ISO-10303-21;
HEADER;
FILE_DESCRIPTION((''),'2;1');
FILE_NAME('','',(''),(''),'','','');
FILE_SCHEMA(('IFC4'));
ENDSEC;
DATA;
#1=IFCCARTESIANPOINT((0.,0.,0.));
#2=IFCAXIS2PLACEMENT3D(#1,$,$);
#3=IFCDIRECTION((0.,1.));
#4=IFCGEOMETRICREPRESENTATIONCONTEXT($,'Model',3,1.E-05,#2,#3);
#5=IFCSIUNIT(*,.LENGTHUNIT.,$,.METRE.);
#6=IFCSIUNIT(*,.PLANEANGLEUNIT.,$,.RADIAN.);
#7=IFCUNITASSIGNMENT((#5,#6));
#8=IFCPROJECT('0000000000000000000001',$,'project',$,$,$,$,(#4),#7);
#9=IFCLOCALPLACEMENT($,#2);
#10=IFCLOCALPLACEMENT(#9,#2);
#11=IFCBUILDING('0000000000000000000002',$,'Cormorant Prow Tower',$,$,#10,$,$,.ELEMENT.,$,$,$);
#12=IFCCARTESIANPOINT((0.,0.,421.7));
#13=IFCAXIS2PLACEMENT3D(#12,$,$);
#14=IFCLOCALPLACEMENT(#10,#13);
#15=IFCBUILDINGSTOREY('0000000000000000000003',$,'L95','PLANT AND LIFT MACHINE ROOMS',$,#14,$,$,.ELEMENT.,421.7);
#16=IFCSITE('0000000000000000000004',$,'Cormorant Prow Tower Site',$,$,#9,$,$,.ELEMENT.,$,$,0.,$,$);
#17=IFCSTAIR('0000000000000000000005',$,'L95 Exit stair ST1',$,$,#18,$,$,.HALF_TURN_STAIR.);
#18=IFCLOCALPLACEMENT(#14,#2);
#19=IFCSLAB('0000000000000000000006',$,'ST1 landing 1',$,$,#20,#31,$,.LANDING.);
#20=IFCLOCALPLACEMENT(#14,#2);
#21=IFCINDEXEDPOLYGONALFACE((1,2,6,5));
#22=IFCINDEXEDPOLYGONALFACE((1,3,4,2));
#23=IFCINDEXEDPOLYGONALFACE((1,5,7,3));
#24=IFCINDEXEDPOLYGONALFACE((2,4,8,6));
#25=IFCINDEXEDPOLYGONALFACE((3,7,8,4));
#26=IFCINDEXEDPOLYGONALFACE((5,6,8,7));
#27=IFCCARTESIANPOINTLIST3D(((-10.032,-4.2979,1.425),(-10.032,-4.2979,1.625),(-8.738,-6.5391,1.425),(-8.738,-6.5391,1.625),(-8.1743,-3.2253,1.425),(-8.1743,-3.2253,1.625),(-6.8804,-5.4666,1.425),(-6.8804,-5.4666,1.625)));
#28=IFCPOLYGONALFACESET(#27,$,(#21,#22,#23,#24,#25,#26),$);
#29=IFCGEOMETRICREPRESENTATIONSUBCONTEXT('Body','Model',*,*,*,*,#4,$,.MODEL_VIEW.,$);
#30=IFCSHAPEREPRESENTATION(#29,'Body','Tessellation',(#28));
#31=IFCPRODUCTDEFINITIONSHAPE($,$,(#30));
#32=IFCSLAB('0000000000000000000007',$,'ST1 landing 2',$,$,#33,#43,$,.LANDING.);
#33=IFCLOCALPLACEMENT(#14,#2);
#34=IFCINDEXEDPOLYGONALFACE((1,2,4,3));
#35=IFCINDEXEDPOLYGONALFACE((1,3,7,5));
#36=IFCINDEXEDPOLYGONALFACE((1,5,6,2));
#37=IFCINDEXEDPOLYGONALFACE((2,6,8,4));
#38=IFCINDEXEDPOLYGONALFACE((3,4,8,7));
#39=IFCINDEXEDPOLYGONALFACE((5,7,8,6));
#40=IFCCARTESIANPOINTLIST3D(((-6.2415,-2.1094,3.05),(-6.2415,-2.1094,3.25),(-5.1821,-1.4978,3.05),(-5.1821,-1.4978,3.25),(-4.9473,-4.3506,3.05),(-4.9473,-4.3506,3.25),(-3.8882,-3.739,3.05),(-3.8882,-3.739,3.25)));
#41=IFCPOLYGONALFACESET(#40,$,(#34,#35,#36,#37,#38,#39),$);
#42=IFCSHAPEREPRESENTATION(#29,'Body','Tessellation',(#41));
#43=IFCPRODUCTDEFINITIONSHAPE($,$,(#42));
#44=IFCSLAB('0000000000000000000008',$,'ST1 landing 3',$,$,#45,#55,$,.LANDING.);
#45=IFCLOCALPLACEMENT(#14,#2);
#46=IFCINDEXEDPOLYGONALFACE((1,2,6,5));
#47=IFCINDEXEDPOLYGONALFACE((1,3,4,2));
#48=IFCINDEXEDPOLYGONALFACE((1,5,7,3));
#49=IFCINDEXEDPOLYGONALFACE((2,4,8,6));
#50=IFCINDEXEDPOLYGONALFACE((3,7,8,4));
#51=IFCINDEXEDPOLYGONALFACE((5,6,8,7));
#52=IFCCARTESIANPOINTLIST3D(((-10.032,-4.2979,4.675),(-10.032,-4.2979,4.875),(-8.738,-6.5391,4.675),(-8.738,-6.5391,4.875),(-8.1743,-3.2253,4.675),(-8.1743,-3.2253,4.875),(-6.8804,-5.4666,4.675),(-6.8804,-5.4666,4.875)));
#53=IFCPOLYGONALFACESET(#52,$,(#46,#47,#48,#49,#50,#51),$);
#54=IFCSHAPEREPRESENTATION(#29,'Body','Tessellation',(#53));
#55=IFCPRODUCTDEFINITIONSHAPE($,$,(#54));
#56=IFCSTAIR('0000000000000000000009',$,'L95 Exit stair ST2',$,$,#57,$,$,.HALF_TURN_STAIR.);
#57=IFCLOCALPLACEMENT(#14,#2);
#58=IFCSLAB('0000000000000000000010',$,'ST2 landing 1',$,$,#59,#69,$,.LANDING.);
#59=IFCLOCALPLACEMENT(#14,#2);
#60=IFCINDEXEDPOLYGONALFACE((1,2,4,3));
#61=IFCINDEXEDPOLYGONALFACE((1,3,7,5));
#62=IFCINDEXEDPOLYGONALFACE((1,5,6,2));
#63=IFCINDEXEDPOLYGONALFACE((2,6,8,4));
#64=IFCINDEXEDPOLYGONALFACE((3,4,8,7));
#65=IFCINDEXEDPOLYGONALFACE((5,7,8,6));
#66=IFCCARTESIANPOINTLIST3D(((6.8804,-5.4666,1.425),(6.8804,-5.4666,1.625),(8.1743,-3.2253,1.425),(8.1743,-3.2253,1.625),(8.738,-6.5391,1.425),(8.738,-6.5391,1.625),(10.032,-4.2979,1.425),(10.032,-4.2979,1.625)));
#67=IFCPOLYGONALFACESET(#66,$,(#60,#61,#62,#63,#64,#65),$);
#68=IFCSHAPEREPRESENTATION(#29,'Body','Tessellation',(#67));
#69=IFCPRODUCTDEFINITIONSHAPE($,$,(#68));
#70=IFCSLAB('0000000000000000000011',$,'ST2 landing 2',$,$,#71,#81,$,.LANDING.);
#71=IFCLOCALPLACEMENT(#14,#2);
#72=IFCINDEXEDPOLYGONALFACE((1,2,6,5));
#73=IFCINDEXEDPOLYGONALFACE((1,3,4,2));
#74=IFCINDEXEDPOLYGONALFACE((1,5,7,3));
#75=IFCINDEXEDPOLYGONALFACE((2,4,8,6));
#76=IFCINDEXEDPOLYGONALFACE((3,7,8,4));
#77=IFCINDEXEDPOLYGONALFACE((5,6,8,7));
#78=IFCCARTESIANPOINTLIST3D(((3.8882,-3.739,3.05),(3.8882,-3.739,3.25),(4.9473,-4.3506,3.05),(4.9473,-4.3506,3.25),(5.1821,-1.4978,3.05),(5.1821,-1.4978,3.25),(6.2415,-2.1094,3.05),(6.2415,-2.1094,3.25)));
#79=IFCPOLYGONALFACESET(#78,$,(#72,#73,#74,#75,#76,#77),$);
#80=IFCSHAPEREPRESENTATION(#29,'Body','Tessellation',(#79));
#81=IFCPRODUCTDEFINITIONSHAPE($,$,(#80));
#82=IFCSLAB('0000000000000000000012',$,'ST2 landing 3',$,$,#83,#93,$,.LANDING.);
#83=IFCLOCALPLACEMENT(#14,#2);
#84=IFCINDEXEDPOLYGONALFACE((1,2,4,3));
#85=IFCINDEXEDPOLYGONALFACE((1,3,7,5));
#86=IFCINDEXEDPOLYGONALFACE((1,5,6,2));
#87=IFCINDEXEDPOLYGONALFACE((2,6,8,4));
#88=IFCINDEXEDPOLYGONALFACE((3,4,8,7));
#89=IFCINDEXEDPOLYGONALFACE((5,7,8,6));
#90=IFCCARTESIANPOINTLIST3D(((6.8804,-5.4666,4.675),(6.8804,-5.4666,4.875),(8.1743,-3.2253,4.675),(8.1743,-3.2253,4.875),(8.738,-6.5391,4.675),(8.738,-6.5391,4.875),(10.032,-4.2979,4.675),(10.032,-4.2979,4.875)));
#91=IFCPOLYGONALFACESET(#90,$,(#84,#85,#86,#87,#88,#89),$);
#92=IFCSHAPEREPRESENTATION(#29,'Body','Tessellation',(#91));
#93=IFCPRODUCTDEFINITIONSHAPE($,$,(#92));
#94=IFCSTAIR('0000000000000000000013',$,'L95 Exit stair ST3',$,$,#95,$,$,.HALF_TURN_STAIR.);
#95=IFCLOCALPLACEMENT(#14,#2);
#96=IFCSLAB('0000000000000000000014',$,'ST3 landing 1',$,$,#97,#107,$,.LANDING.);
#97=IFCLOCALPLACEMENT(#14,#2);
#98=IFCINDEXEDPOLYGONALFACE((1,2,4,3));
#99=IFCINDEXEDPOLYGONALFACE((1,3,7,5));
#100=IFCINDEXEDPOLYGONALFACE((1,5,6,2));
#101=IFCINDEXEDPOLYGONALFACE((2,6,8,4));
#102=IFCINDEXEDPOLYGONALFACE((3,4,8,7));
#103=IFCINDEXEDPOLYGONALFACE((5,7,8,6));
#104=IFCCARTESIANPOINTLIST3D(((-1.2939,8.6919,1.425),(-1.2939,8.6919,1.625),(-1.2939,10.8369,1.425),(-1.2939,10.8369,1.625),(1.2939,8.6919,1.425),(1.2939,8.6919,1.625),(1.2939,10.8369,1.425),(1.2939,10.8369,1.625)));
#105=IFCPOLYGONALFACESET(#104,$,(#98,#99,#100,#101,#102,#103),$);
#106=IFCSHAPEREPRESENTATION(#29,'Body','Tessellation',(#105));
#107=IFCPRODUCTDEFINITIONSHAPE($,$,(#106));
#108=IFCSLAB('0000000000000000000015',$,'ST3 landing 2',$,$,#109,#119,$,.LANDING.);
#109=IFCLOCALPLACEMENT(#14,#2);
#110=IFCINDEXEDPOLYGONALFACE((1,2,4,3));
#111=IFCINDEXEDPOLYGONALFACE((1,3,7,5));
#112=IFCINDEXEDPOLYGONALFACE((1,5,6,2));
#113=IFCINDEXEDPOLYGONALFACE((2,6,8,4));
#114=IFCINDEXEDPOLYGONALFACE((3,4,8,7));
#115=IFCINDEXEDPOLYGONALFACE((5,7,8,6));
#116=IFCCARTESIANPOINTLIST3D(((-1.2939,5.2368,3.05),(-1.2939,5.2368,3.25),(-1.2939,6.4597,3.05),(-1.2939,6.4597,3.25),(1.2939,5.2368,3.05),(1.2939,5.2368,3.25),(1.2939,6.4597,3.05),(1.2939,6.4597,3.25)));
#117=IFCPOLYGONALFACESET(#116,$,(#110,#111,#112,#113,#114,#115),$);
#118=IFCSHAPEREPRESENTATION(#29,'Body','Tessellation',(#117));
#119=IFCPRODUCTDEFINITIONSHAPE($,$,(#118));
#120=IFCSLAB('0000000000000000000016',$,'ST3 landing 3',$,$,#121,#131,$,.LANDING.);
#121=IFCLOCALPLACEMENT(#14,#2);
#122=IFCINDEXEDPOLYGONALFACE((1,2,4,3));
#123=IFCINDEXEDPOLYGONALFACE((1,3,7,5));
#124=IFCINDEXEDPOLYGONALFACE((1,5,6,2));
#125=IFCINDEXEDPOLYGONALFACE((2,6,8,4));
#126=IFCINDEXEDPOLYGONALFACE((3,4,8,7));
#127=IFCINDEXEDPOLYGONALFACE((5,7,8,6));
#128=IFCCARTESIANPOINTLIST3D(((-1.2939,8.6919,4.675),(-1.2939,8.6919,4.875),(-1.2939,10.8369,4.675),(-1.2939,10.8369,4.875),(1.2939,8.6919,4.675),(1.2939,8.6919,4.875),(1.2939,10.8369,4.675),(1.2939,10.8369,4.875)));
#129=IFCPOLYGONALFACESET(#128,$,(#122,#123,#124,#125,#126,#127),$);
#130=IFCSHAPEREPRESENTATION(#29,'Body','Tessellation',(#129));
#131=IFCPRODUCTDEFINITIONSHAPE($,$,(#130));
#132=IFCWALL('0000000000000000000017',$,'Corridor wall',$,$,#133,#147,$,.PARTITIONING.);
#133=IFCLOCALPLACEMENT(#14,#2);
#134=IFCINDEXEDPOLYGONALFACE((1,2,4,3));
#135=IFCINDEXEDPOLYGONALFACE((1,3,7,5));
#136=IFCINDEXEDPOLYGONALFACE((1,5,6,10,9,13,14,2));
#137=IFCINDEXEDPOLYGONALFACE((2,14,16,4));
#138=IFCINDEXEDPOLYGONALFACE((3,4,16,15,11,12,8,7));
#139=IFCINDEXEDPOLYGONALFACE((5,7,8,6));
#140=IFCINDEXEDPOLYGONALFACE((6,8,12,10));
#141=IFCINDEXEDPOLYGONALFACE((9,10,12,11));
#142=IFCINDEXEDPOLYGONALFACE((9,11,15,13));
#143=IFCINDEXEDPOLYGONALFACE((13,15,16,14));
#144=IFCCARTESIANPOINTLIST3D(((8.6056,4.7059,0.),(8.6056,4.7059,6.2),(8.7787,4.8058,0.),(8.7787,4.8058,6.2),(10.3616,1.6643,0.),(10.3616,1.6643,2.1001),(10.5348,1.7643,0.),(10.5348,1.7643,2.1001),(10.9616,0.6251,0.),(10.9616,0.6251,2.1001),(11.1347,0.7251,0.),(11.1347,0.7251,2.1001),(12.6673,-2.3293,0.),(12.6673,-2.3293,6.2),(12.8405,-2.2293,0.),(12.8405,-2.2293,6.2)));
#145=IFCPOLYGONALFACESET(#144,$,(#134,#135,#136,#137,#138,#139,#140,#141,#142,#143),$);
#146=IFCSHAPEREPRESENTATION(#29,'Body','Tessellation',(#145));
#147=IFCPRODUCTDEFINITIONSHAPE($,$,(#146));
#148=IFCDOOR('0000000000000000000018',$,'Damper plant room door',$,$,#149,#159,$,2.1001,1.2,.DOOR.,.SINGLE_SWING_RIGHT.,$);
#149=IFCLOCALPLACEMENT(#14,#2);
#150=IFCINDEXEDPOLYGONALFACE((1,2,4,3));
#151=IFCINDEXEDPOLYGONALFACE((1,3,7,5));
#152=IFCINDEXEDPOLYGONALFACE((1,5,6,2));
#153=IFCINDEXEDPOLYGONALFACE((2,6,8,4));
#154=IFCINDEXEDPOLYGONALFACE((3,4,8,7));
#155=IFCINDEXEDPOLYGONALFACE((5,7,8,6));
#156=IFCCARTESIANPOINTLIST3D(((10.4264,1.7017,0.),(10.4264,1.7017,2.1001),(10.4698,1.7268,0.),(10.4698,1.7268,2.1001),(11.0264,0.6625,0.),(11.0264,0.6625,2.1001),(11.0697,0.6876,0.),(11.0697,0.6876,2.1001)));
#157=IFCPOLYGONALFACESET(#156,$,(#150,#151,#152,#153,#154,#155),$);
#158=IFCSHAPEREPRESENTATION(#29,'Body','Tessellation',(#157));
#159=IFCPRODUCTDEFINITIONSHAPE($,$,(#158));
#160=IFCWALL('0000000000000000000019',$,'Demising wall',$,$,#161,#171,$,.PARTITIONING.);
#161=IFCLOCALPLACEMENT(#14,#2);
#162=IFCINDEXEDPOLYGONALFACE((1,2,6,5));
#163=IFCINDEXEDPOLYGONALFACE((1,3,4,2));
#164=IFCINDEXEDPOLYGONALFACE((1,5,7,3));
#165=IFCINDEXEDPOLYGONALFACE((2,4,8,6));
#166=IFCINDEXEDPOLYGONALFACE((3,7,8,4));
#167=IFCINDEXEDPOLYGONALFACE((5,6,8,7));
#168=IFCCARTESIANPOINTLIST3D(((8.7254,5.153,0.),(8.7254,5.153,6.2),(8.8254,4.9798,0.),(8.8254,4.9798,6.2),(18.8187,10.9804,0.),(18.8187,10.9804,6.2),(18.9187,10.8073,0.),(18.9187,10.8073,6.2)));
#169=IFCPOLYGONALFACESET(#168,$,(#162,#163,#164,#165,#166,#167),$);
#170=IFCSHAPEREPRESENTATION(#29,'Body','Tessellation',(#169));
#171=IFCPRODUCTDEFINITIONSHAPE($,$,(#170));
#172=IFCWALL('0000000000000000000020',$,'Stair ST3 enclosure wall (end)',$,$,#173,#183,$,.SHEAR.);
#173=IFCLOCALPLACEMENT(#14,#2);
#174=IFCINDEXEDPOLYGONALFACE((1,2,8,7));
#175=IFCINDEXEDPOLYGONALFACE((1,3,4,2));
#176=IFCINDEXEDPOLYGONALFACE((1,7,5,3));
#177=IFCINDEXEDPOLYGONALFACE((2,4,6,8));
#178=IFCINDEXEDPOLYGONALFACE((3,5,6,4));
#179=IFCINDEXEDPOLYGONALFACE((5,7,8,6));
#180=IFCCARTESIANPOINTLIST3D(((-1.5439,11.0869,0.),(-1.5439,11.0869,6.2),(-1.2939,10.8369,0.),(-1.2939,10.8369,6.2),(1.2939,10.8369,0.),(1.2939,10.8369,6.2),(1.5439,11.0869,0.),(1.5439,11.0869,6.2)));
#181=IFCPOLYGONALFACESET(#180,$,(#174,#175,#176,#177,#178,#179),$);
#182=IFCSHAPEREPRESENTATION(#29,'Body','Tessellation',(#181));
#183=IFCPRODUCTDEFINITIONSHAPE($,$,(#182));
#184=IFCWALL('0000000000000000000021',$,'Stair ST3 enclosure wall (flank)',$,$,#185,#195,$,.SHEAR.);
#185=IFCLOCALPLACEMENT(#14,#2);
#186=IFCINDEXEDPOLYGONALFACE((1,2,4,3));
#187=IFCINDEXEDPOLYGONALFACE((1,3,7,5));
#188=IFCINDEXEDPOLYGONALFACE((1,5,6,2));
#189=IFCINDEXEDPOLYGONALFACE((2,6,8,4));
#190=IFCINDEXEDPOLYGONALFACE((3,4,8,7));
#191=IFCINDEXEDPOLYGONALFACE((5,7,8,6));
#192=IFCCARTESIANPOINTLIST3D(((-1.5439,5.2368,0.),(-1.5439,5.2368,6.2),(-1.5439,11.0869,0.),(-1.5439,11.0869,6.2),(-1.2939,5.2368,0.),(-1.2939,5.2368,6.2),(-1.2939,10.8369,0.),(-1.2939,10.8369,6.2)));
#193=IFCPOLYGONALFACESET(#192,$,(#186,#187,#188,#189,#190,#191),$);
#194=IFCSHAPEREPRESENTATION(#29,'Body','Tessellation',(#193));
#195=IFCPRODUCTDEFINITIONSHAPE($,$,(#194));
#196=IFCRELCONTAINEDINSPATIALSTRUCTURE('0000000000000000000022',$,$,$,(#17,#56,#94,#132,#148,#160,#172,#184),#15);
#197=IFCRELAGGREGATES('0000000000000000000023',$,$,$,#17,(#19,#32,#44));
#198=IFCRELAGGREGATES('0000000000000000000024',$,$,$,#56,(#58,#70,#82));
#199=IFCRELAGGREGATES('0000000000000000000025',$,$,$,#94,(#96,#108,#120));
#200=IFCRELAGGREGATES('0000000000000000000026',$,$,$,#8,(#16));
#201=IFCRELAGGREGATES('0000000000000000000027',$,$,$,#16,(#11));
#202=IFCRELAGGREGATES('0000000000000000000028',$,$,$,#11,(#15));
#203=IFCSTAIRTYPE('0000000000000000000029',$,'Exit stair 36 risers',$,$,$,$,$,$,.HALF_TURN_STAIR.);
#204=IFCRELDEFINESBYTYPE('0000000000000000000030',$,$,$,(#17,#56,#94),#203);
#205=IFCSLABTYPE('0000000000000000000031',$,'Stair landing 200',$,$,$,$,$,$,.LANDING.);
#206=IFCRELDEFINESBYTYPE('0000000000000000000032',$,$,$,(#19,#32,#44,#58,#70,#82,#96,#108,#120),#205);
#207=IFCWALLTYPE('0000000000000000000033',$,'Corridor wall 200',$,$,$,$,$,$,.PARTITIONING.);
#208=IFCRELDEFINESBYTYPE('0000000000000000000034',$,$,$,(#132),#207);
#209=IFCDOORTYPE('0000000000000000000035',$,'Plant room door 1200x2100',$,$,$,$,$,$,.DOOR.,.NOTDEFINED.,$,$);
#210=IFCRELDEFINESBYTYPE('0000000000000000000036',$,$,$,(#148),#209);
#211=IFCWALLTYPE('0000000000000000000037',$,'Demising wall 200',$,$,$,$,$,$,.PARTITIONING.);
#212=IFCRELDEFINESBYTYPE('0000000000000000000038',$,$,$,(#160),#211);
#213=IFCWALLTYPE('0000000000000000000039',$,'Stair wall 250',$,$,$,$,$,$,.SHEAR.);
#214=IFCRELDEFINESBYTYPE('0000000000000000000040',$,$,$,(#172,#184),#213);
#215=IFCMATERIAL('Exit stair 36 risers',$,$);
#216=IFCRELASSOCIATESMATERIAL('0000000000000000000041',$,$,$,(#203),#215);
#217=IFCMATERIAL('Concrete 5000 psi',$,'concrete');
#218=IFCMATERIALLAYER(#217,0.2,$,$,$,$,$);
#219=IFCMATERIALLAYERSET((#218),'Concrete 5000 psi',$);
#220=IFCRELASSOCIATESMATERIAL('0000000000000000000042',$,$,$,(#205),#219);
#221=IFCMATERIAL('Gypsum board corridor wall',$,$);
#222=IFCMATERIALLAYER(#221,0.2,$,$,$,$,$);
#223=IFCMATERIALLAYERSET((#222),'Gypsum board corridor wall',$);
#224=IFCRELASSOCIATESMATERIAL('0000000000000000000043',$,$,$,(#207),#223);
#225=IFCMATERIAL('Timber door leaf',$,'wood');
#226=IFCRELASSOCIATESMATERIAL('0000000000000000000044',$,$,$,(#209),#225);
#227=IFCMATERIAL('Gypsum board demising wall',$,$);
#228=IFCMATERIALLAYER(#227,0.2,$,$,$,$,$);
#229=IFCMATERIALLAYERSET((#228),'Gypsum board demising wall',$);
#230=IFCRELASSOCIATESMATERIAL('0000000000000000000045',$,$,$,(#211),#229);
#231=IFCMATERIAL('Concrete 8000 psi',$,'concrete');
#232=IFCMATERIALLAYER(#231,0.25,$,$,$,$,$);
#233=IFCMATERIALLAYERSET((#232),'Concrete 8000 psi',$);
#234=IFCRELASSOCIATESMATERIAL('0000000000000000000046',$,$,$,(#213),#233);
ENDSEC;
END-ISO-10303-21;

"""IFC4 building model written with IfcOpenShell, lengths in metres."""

from ifc_helpers import new_model, si_unit, direction, frame, frame_2d, origin, place, context, subcontext, project, spatial, polyline, rectangle, outline, extrude, material, layer, layer_set, type_object, element, fill, aggregate, save


model = new_model("IFC4")

# Units and contexts
model_context = context("Model", 3, precision=1e-05, world=origin(), true_north=direction((0.0, 1.0)))
body_context = subcontext(model_context, "Body", "Model", "MODEL_VIEW")
ifc_project = project(units=[si_unit("LENGTHUNIT", "METRE"), si_unit("PLANEANGLEUNIT", "RADIAN")], contexts=[model_context])

# Site, building, storey
site_placement = place(None, origin())
site = spatial("IfcSite", under=ifc_project, at=site_placement, Name="Cormorant Prow Tower Site", CompositionType="ELEMENT", RefElevation=0.0)
building_placement = place(site_placement, origin())
building = spatial("IfcBuilding", under=site, at=building_placement, Name="Cormorant Prow Tower", CompositionType="ELEMENT")
storey_placement = place(building_placement, frame((0.0, 0.0, 421.7)))
storey = spatial("IfcBuildingStorey", under=building, at=storey_placement, Name="L95", Description="PLANT AND LIFT MACHINE ROOMS", CompositionType="ELEMENT", Elevation=421.7)

# Stairs, slabs
ifc_material_1 = material(Name="Exit stair 36 risers")
stair_type = type_object("IfcStairType", Name="Exit stair 36 risers", PredefinedType="HALF_TURN_STAIR", material=ifc_material_1)
stair_1_placement = place(storey_placement, origin())
stair_1 = element("IfcStair", 1, at=stair_1_placement, inside=storey, type_object=stair_type, Name="L95 Exit stair ST1", PredefinedType="HALF_TURN_STAIR")
ifc_material_2 = material(Name="Concrete 5000 psi", Category="concrete")
ifc_layer_1 = layer(ifc_material_2, 0.2)
ifc_layer_set_1 = layer_set([ifc_layer_1], Name="Concrete 5000 psi")
slab_type = type_object("IfcSlabType", Name="Stair landing 200", PredefinedType="LANDING", material=ifc_layer_set_1)
slab_1_placement = place(storey_placement, frame((0.0, 0.0, 1.425)))
slab_1 = element("IfcSlab", 2, at=slab_1_placement, type_object=slab_type, Name="ST1 landing 1", PredefinedType="LANDING", context=body_context, shape_type="SweptSolid", body=[
    extrude(outline(polyline([(-8.1743, -3.2253), (-10.032, -4.2979), (-8.738, -6.5391), (-6.8804, -5.4666), (-8.1743, -3.2253)])), origin(), (0.0, 0.0, 1.0), 0.2),
])
slab_2_placement = place(storey_placement, frame((0.0, 0.0, 3.05)))
slab_2 = element("IfcSlab", 3, at=slab_2_placement, type_object=slab_type, Name="ST1 landing 2", PredefinedType="LANDING", context=body_context, shape_type="SweptSolid", body=[
    extrude(outline(polyline([(-5.1821, -1.4978), (-6.2415, -2.1094), (-4.9473, -4.3506), (-3.8882, -3.739), (-5.1821, -1.4978)])), origin(), (0.0, 0.0, 1.0), 0.2),
])
slab_3_placement = place(storey_placement, frame((0.0, 0.0, 4.675)))
slab_3 = element("IfcSlab", 4, at=slab_3_placement, type_object=slab_type, Name="ST1 landing 3", PredefinedType="LANDING", context=body_context, shape_type="SweptSolid", body=[
    extrude(outline(polyline([(-8.1743, -3.2253), (-10.032, -4.2979), (-8.738, -6.5391), (-6.8804, -5.4666), (-8.1743, -3.2253)])), origin(), (0.0, 0.0, 1.0), 0.2),
])
aggregate(stair_1, [slab_1, slab_2, slab_3])
stair_2_placement = place(storey_placement, origin())
stair_2 = element("IfcStair", 5, at=stair_2_placement, inside=storey, type_object=stair_type, Name="L95 Exit stair ST2", PredefinedType="HALF_TURN_STAIR")
slab_4_placement = place(storey_placement, frame((0.0, 0.0, 1.425)))
slab_4 = element("IfcSlab", 6, at=slab_4_placement, type_object=slab_type, Name="ST2 landing 1", PredefinedType="LANDING", context=body_context, shape_type="SweptSolid", body=[
    extrude(outline(polyline([(6.8804, -5.4666), (8.738, -6.5391), (10.032, -4.2979), (8.1743, -3.2253), (6.8804, -5.4666)])), origin(), (0.0, 0.0, 1.0), 0.2),
])
slab_5_placement = place(storey_placement, frame((0.0, 0.0, 3.05)))
slab_5 = element("IfcSlab", 7, at=slab_5_placement, type_object=slab_type, Name="ST2 landing 2", PredefinedType="LANDING", context=body_context, shape_type="SweptSolid", body=[
    extrude(outline(polyline([(3.8882, -3.739), (4.9473, -4.3506), (6.2415, -2.1094), (5.1821, -1.4978), (3.8882, -3.739)])), origin(), (0.0, 0.0, 1.0), 0.2),
])
slab_6_placement = place(storey_placement, frame((0.0, 0.0, 4.675)))
slab_6 = element("IfcSlab", 8, at=slab_6_placement, type_object=slab_type, Name="ST2 landing 3", PredefinedType="LANDING", context=body_context, shape_type="SweptSolid", body=[
    extrude(outline(polyline([(6.8804, -5.4666), (8.738, -6.5391), (10.032, -4.2979), (8.1743, -3.2253), (6.8804, -5.4666)])), origin(), (0.0, 0.0, 1.0), 0.2),
])
aggregate(stair_2, [slab_4, slab_5, slab_6])
stair_3_placement = place(storey_placement, origin())
stair_3 = element("IfcStair", 9, at=stair_3_placement, inside=storey, type_object=stair_type, Name="L95 Exit stair ST3", PredefinedType="HALF_TURN_STAIR")
slab_7_placement = place(storey_placement, frame((0.0, 0.0, 1.425)))
slab_7 = element("IfcSlab", 10, at=slab_7_placement, type_object=slab_type, Name="ST3 landing 1", PredefinedType="LANDING", context=body_context, shape_type="SweptSolid", body=[
    extrude(outline(polyline([(1.2939, 8.6919), (1.2939, 10.8369), (-1.2939, 10.8369), (-1.2939, 8.6919), (1.2939, 8.6919)])), origin(), (0.0, 0.0, 1.0), 0.2),
])
slab_8_placement = place(storey_placement, frame((0.0, 0.0, 3.05)))
slab_8 = element("IfcSlab", 11, at=slab_8_placement, type_object=slab_type, Name="ST3 landing 2", PredefinedType="LANDING", context=body_context, shape_type="SweptSolid", body=[
    extrude(outline(polyline([(1.2939, 5.2368), (1.2939, 6.4597), (-1.2939, 6.4597), (-1.2939, 5.2368), (1.2939, 5.2368)])), origin(), (0.0, 0.0, 1.0), 0.2),
])
slab_9_placement = place(storey_placement, frame((0.0, 0.0, 4.675)))
slab_9 = element("IfcSlab", 12, at=slab_9_placement, type_object=slab_type, Name="ST3 landing 3", PredefinedType="LANDING", context=body_context, shape_type="SweptSolid", body=[
    extrude(outline(polyline([(1.2939, 8.6919), (1.2939, 10.8369), (-1.2939, 10.8369), (-1.2939, 8.6919), (1.2939, 8.6919)])), origin(), (0.0, 0.0, 1.0), 0.2),
])

# Wall, opening, door
ifc_material_3 = material(Name="Gypsum board corridor wall")
ifc_layer_2 = layer(ifc_material_3, 0.2)
ifc_layer_set_2 = layer_set([ifc_layer_2], Name="Gypsum board corridor wall")
wall_type_1 = type_object("IfcWallType", Name="Corridor wall 200", PredefinedType="PARTITIONING", material=ifc_layer_set_2)
wall_1_placement = place(storey_placement, frame((8.6921, 4.7559, 0.0), z_axis=(0.0, 0.0, 1.0), x_axis=(0.500002, -0.866024, 0.0)))
wall_1 = element("IfcWall", 13, at=wall_1_placement, inside=storey, type_object=wall_type_1, Name="Corridor wall", PredefinedType="PARTITIONING", context=body_context, shape_type="SweptSolid", body=[
    extrude(rectangle(XDim=8.1235, YDim=0.2, at=frame_2d((4.0618, 0.0))), origin(), (0.0, 0.0, 1.0), 6.2),
])
opening_1_placement = place(wall_1_placement, frame((3.512, 0.0, 0.0)))
opening_1 = element("IfcOpeningElement", 14, at=opening_1_placement, cuts=wall_1, PredefinedType="OPENING", context=body_context, shape_type="SweptSolid", body=[
    extrude(rectangle(XDim=1.2, YDim=2.1001, at=frame_2d((0.6001, 1.05))), frame((0.0, 0.1099, 0.0), z_axis=(0.0, -1.0, 0.0), x_axis=(1.0, 0.0, 0.0)), (0.0, 0.0, 1.0), 0.22),
])
ifc_material_4 = material(Name="Timber door leaf", Category="wood")
door_type_1 = type_object("IfcDoorType", Name="Plant room door 1200x2100", OperationType="NOTDEFINED", PredefinedType="DOOR", material=ifc_material_4)
door_1_placement = place(opening_1_placement, origin())
door_1 = element("IfcDoor", 15, at=door_1_placement, inside=storey, type_object=door_type_1, Name="Damper plant room door", OperationType="SINGLE_SWING_RIGHT", OverallHeight=2.1001, OverallWidth=1.2, PredefinedType="DOOR", context=body_context, shape_type="SweptSolid", body=[
    extrude(rectangle(XDim=1.2, YDim=2.1001, at=frame_2d((0.6001, 1.05))), frame((0.0, 0.0249, 0.0), z_axis=(0.0, -1.0, 0.0), x_axis=(1.0, 0.0, 0.0)), (0.0, 0.0, 1.0), 0.05),
])
fill(opening_1, door_1)

# Walls
ifc_material_5 = material(Name="Gypsum board demising wall")
ifc_layer_3 = layer(ifc_material_5, 0.2)
ifc_layer_set_3 = layer_set([ifc_layer_3], Name="Gypsum board demising wall")
wall_type_2 = type_object("IfcWallType", Name="Demising wall 200", PredefinedType="PARTITIONING", material=ifc_layer_set_3)
wall_2_placement = place(storey_placement, frame((8.7754, 5.0664, 0.0), z_axis=(0.0, 0.0, 1.0), x_axis=(0.866024, 0.500003, 0.0)))
element("IfcWall", 16, at=wall_2_placement, inside=storey, type_object=wall_type_2, Name="Demising wall", PredefinedType="PARTITIONING", context=body_context, shape_type="SweptSolid", body=[
    extrude(rectangle(XDim=11.6548, YDim=0.2, at=frame_2d((5.8274, 0.0))), origin(), (0.0, 0.0, 1.0), 6.2),
])
ifc_material_6 = material(Name="Concrete 8000 psi", Category="concrete")
ifc_layer_4 = layer(ifc_material_6, 0.25)
ifc_layer_set_4 = layer_set([ifc_layer_4], Name="Concrete 8000 psi")
wall_type_3 = type_object("IfcWallType", Name="Stair wall 250", PredefinedType="SHEAR", material=ifc_layer_set_4)
wall_3_placement = place(storey_placement, origin())
element("IfcWall", 17, at=wall_3_placement, inside=storey, type_object=wall_type_3, Name="Stair ST3 enclosure wall (end)", PredefinedType="SHEAR", context=body_context, shape_type="SweptSolid", body=[
    extrude(outline(polyline([(1.5439, 11.0869), (-1.5439, 11.0869), (-1.2939, 10.8369), (1.2939, 10.8369), (1.5439, 11.0869)])), origin(), (0.0, 0.0, 1.0), 6.2),
])
wall_4_placement = place(storey_placement, origin())
element("IfcWall", 18, at=wall_4_placement, inside=storey, type_object=wall_type_3, Name="Stair ST3 enclosure wall (flank)", PredefinedType="SHEAR", context=body_context, shape_type="SweptSolid", body=[
    extrude(outline(polyline([(-1.2939, 10.8369), (-1.5439, 11.0869), (-1.5439, 5.2368), (-1.2939, 5.2368), (-1.2939, 10.8369)])), origin(), (0.0, 0.0, 1.0), 6.2),
])

aggregate(stair_3, [slab_7, slab_8, slab_9])

save(model, "model.ifc")
